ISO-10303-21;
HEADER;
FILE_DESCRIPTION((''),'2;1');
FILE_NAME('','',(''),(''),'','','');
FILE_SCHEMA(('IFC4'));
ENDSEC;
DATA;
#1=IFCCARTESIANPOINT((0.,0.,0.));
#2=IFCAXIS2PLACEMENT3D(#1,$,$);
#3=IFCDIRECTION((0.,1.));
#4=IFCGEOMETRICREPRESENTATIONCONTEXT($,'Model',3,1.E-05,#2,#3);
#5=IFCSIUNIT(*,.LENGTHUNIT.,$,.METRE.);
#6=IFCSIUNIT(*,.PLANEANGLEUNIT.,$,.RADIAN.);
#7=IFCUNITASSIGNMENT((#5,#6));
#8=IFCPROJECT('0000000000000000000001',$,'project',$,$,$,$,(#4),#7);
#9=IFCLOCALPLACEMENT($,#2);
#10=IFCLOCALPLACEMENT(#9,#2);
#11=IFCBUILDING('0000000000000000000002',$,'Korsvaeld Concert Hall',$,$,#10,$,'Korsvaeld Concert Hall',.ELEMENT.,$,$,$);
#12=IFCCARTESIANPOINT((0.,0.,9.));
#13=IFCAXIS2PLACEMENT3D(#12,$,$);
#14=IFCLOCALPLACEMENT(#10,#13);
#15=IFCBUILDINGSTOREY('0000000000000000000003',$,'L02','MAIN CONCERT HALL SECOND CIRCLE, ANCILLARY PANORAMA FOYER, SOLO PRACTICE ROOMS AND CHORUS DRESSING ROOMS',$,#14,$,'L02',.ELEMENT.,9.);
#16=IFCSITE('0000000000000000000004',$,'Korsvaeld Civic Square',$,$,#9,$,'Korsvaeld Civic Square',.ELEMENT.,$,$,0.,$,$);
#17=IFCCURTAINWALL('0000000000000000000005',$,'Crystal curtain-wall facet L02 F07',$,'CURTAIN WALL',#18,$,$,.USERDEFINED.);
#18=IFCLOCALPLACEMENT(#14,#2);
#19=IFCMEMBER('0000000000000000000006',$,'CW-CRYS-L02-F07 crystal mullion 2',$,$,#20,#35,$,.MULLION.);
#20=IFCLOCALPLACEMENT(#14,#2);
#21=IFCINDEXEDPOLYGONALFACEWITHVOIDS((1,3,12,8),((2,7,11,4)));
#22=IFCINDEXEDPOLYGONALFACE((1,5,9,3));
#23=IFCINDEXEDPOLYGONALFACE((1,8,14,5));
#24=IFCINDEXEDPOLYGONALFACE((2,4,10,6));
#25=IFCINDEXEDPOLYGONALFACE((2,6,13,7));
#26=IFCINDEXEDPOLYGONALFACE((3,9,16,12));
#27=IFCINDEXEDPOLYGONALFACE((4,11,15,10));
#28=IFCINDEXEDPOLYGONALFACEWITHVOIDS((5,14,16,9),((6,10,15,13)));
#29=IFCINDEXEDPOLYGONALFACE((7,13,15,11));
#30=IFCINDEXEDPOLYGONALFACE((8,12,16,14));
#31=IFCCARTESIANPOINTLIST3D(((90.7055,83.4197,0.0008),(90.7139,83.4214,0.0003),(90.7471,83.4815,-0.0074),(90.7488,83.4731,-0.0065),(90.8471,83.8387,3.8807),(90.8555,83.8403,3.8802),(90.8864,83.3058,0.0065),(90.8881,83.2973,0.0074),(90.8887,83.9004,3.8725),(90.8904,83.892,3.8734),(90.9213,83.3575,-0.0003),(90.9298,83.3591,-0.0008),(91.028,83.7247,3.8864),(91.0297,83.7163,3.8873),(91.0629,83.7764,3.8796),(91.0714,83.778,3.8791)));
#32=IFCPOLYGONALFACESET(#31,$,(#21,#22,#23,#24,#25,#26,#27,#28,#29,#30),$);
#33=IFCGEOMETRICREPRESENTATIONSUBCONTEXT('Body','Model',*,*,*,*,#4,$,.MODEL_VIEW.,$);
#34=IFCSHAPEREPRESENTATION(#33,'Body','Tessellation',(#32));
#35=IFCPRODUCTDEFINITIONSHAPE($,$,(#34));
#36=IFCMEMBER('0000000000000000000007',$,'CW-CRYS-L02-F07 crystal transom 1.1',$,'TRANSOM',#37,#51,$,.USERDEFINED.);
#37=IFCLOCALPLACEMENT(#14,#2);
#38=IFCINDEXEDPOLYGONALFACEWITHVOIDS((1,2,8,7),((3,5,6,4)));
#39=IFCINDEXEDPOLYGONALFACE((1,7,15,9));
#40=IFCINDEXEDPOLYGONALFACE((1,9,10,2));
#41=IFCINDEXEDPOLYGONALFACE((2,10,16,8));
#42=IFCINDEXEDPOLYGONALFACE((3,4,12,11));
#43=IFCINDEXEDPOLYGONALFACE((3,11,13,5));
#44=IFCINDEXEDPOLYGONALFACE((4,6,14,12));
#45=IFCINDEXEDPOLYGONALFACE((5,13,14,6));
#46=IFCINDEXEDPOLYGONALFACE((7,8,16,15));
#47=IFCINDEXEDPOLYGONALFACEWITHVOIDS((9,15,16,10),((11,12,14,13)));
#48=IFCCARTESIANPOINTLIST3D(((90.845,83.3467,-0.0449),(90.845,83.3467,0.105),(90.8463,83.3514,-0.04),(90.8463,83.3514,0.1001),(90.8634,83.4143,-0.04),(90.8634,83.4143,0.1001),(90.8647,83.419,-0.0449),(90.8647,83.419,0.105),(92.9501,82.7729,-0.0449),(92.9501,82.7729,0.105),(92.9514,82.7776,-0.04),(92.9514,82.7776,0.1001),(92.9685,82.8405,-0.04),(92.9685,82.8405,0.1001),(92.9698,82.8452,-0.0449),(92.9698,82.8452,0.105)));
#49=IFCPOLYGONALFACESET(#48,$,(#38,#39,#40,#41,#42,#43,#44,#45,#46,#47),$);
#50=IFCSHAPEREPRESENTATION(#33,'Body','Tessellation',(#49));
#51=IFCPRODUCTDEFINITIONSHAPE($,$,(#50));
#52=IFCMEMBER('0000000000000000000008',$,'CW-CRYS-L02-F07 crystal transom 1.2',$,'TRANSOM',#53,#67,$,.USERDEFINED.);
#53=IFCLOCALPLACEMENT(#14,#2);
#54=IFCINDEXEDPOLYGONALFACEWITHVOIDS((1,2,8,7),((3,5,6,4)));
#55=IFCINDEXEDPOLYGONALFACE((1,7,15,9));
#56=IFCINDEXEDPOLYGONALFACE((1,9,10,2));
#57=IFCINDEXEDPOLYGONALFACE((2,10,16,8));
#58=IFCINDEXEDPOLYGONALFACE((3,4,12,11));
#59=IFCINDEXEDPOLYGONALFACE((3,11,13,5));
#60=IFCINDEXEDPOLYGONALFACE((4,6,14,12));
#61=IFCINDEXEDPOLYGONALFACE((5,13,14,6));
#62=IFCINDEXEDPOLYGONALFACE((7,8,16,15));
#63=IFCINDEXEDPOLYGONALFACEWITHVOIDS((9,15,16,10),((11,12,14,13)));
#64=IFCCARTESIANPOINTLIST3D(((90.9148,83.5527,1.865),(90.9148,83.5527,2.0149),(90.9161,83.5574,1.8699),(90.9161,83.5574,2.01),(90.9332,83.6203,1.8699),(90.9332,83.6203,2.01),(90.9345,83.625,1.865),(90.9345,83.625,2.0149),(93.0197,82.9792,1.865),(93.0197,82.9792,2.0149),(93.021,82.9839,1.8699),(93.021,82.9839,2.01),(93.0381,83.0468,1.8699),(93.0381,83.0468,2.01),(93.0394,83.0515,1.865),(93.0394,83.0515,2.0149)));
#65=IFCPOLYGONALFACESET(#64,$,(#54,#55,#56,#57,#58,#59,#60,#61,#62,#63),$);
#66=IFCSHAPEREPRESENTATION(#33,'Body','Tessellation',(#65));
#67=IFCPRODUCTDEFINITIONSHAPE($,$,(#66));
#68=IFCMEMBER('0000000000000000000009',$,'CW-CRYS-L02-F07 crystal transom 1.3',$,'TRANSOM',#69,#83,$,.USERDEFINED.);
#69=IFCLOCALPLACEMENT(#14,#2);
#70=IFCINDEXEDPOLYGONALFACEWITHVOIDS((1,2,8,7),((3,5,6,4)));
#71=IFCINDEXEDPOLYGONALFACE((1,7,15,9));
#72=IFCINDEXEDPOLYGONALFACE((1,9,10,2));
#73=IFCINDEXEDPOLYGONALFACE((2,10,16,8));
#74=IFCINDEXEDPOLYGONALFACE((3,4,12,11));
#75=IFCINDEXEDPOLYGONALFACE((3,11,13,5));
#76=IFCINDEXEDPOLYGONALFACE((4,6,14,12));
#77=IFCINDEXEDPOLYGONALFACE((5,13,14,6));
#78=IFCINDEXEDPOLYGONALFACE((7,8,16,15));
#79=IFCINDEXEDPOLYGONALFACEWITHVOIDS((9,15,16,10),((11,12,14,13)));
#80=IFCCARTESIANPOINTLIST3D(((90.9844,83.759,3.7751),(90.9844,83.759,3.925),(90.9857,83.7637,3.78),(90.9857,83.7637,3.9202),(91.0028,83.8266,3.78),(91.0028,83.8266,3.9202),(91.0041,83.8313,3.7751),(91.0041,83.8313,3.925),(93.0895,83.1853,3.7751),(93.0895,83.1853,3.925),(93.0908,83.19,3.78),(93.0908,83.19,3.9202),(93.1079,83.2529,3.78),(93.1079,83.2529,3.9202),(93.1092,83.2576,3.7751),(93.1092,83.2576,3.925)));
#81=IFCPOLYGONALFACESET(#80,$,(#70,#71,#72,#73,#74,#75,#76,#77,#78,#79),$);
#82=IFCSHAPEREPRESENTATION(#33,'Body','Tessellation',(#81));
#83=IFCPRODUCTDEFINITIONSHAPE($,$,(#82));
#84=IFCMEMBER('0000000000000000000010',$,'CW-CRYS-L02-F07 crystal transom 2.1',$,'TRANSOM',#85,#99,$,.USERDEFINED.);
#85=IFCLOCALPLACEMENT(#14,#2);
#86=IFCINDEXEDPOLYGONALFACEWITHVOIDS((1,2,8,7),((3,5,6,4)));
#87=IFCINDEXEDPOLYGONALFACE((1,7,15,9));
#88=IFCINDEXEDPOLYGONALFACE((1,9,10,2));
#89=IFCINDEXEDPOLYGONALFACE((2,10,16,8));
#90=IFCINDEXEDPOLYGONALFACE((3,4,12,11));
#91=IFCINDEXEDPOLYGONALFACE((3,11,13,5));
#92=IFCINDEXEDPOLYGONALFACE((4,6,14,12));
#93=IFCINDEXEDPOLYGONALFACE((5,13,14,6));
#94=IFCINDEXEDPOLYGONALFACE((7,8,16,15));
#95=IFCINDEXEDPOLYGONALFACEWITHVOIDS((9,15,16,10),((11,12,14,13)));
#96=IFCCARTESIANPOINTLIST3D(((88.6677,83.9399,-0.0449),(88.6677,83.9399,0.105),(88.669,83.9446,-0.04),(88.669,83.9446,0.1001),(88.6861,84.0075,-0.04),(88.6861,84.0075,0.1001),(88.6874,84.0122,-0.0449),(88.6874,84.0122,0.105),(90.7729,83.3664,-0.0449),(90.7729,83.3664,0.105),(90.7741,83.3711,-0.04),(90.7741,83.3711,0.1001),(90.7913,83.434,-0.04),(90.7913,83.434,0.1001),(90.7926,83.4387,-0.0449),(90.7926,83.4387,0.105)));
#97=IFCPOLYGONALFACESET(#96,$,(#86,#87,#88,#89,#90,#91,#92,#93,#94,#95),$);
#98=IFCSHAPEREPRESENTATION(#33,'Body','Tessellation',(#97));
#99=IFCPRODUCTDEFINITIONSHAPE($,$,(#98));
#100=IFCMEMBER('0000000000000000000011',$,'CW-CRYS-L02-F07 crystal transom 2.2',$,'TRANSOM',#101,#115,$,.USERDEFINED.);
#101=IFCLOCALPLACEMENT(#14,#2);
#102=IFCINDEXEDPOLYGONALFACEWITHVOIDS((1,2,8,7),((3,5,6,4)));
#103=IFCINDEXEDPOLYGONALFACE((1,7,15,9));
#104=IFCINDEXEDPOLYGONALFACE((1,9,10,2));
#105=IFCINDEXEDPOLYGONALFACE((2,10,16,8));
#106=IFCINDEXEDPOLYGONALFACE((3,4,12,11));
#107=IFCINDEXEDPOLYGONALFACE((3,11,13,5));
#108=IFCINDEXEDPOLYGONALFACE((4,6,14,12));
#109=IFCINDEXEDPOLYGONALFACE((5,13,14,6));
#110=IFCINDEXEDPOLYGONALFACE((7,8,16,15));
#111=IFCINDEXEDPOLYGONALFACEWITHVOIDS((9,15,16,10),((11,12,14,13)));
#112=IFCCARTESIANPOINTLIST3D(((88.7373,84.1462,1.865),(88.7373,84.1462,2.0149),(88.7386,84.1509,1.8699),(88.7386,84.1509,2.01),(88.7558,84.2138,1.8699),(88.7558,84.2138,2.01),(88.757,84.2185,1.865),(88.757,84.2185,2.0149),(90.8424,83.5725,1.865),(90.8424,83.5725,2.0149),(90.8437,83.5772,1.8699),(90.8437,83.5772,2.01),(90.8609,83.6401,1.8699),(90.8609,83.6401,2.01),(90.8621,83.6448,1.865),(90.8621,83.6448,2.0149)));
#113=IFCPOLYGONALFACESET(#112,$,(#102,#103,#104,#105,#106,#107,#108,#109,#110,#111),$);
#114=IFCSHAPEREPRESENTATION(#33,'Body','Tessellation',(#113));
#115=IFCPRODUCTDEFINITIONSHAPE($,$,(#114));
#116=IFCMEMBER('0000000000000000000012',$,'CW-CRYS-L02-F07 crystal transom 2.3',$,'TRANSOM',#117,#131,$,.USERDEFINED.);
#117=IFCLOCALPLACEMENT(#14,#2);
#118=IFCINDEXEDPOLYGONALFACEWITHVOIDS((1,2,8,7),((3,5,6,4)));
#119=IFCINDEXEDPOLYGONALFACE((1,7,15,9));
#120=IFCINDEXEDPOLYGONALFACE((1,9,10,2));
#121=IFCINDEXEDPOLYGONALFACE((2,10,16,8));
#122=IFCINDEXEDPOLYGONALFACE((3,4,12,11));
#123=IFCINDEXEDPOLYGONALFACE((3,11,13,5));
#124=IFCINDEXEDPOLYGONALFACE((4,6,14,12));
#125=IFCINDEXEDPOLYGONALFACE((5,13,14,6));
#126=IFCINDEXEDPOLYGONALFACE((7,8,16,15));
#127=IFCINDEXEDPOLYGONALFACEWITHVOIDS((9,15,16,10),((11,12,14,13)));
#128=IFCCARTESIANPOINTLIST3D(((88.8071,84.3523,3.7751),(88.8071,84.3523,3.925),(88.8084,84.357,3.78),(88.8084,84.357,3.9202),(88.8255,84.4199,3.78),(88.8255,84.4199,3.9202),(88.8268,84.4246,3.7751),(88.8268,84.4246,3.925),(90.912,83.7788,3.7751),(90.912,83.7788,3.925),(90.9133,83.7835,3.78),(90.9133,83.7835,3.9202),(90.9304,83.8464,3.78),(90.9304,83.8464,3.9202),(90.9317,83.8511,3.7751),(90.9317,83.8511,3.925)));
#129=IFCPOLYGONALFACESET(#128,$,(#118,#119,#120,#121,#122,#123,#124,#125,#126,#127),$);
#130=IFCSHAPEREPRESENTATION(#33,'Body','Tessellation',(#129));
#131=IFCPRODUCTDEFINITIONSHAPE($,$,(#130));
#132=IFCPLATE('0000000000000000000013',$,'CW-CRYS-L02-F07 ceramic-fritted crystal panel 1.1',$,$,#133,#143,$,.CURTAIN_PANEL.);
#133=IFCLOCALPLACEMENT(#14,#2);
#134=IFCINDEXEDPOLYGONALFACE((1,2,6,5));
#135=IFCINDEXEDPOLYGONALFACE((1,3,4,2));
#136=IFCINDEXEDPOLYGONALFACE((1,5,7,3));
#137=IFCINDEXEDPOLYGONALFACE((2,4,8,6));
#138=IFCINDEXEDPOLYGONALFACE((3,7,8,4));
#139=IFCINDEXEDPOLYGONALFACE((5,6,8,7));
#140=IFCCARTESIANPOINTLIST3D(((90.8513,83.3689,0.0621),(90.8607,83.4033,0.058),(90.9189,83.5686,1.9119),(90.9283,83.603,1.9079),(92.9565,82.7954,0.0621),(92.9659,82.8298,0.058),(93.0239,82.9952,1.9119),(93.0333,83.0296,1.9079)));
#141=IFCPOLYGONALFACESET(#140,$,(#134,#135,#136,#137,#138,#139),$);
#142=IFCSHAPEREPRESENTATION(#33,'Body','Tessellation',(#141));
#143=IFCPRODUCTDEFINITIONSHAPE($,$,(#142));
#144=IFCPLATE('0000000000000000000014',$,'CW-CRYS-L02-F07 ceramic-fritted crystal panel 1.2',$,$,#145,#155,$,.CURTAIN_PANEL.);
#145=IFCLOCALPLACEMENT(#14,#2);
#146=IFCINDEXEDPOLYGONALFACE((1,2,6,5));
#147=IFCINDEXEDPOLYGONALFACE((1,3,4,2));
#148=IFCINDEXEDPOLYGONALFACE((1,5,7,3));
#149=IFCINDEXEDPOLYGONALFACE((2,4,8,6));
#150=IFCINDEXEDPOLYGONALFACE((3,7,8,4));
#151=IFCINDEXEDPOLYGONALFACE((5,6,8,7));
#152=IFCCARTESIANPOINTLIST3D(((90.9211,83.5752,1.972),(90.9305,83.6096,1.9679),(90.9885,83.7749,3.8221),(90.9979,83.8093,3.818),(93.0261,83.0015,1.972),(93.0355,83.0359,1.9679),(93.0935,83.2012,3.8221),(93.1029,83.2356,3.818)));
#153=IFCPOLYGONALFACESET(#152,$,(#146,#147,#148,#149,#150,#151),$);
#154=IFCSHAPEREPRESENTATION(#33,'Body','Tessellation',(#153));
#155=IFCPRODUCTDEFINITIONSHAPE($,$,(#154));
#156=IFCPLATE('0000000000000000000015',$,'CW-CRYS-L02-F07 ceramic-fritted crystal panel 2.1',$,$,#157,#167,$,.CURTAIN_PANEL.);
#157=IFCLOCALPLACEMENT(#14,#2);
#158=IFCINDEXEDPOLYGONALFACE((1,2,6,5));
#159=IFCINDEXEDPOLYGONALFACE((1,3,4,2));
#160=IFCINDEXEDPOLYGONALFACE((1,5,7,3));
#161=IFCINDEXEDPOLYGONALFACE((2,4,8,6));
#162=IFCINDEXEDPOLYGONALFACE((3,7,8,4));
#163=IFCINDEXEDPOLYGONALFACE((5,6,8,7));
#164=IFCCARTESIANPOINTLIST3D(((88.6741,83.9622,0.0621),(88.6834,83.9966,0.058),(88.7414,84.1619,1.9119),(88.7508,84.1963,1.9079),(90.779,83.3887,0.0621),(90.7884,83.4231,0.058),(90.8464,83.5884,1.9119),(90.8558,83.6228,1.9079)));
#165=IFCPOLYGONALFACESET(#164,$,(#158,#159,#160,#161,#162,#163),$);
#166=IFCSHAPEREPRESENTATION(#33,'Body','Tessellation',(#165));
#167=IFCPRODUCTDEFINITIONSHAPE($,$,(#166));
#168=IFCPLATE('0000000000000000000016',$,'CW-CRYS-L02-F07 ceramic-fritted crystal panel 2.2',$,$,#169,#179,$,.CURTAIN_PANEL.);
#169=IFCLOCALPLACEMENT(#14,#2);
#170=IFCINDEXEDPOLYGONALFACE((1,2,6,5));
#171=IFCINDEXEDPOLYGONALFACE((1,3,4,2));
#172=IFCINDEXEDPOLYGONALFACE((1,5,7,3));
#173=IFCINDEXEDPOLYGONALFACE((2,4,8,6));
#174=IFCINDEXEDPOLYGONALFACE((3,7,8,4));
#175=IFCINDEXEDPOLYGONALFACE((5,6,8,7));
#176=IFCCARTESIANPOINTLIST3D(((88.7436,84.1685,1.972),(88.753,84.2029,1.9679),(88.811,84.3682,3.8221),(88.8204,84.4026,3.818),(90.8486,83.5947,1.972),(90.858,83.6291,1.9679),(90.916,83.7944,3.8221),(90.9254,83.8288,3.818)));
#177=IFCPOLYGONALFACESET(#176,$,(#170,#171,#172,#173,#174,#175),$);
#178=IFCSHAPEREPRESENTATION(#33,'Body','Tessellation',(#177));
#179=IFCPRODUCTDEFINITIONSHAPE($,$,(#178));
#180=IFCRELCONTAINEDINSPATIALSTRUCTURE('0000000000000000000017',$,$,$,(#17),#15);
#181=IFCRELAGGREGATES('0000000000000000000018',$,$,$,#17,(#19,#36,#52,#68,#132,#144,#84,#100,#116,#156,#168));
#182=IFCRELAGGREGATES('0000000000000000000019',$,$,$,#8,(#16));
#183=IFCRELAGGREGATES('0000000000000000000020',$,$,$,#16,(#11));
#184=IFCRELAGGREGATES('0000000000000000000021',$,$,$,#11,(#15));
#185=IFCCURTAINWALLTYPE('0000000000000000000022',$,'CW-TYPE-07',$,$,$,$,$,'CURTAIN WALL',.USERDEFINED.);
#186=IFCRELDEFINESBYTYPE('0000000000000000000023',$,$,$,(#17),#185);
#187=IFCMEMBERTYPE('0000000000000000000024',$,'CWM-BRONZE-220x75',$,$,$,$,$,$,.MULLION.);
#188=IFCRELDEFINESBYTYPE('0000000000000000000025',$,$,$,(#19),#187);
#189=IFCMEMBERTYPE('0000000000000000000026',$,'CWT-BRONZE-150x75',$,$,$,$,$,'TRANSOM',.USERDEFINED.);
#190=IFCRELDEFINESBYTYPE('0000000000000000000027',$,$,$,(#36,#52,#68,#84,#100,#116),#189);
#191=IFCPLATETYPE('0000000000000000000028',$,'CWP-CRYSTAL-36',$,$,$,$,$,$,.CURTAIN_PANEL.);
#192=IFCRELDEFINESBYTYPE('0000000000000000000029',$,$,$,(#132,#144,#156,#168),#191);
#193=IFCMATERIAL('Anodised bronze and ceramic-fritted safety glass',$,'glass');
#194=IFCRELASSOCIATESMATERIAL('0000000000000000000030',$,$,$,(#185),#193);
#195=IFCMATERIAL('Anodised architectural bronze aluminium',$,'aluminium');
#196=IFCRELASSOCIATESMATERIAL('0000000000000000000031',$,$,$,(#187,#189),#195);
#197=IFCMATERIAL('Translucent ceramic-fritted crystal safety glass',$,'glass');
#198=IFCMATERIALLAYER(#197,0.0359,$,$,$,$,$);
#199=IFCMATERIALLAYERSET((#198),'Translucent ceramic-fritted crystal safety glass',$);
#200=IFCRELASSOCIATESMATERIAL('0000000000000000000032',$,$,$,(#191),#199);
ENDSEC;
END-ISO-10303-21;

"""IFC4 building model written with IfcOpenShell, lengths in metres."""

from ifc_helpers import new_model, si_unit, direction, frame, origin, origin_2d, place, context, subcontext, project, spatial, polyline, hollow_rectangle, outline, extrude, material, layer, layer_set, material_profile, profile_set, type_object, element, aggregate, save


model = new_model("IFC4")

# Units and contexts
model_context = context("Model", 3, precision=1e-05, world=origin(), true_north=direction((0.0, 1.0)))
body_context = subcontext(model_context, "Body", "Model", "MODEL_VIEW")
ifc_project = project(units=[si_unit("LENGTHUNIT", "METRE"), si_unit("PLANEANGLEUNIT", "RADIAN")], contexts=[model_context])

# Site, building, storey
site_placement = place(None, origin())
site = spatial("IfcSite", under=ifc_project, at=site_placement, Name="Korsvaeld Civic Square", LongName="Korsvaeld Civic Square", CompositionType="ELEMENT", RefElevation=0.0)
building_placement = place(site_placement, origin())
building = spatial("IfcBuilding", under=site, at=building_placement, Name="Korsvaeld Concert Hall", LongName="Korsvaeld Concert Hall", CompositionType="ELEMENT")
storey_placement = place(building_placement, frame((0.0, 0.0, 9.0)))
storey = spatial("IfcBuildingStorey", under=building, at=storey_placement, Name="L02", Description="MAIN CONCERT HALL SECOND CIRCLE, ANCILLARY PANORAMA FOYER, SOLO PRACTICE ROOMS AND CHORUS DRESSING ROOMS", LongName="L02", CompositionType="ELEMENT", Elevation=9.0)

# Shared definitions
ifc_material_1 = material(Name="Anodised bronze and ceramic-fritted safety glass", Category="glass")
ifc_material_2 = material(Name="Anodised architectural bronze aluminium", Category="aluminium")

# Curtain wall, members, plates
curtain_wall_type_1 = type_object("IfcCurtainWallType", Name="CW-TYPE-07", ElementType="CURTAIN WALL", PredefinedType="USERDEFINED", material=ifc_material_1)
curtain_wall_1_placement = place(storey_placement, origin())
curtain_wall_1 = element("IfcCurtainWall", 1, at=curtain_wall_1_placement, inside=storey, type_object=curtain_wall_type_1, Name="Crystal curtain-wall facet L02 F07", ObjectType="CURTAIN WALL", PredefinedType="USERDEFINED")
ifc_material_profile_1 = material_profile(ifc_material_2, hollow_rectangle(XDim=0.075, YDim=0.22, WallThickness=0.0061, at=origin_2d()), Name="CWM 220x75x6")
ifc_profile_set_1 = profile_set([ifc_material_profile_1], Name="Anodised architectural bronze aluminium")
member_type_1 = type_object("IfcMemberType", Name="CWM-BRONZE-220x75", PredefinedType="MULLION", material=ifc_profile_set_1)
member_1_placement = place(storey_placement, frame((90.8176, 83.3894, 0.0), z_axis=(0.036262, 0.107284, 0.993567), x_axis=(0.556016, 0.823958, -0.109263)))
member_1 = element("IfcMember", 2, at=member_1_placement, type_object=member_type_1, Name="CW-CRYS-L02-F07 crystal mullion 2", PredefinedType="MULLION", context=body_context, shape_type="SweptSolid", body=[
    extrude(hollow_rectangle(XDim=0.075, YDim=0.22, WallThickness=0.0061, at=origin_2d()), origin(), (0.0, 0.0, 1.0), 3.905),
])
ifc_material_profile_2 = material_profile(ifc_material_2, hollow_rectangle(XDim=0.075, YDim=0.1499, WallThickness=0.0049, at=origin_2d()), Name="CWT 150x75x5")
ifc_profile_set_2 = profile_set([ifc_material_profile_2], Name="Anodised architectural bronze aluminium")
member_type_2 = type_object("IfcMemberType", Name="CWT-BRONZE-150x75", ElementType="TRANSOM", PredefinedType="USERDEFINED", material=ifc_profile_set_2)
member_2_placement = place(storey_placement, frame((92.96, 82.8091, 0.03), z_axis=(-0.964805, 0.262966, 0.0), x_axis=(-0.262966, -0.964805, 0.0)))
member_2 = element("IfcMember", 3, at=member_2_placement, type_object=member_type_2, Name="CW-CRYS-L02-F07 crystal transom 1.1", ObjectType="TRANSOM", PredefinedType="USERDEFINED", context=body_context, shape_type="SweptSolid", body=[
    extrude(hollow_rectangle(XDim=0.075, YDim=0.1499, WallThickness=0.0049, at=origin_2d()), origin(), (0.0, 0.0, 1.0), 2.1819),
])
member_3_placement = place(storey_placement, frame((93.0295, 83.0154, 1.9399), z_axis=(-0.964834, 0.262862, 0.0), x_axis=(-0.262862, -0.964834, 0.0)))
member_3 = element("IfcMember", 4, at=member_3_placement, type_object=member_type_2, Name="CW-CRYS-L02-F07 crystal transom 1.2", ObjectType="TRANSOM", PredefinedType="USERDEFINED", context=body_context, shape_type="SweptSolid", body=[
    extrude(hollow_rectangle(XDim=0.075, YDim=0.1499, WallThickness=0.0049, at=origin_2d()), origin(), (0.0, 0.0, 1.0), 2.1816),
])
member_4_placement = place(storey_placement, frame((93.0994, 83.2214, 3.8501), z_axis=(-0.964813, 0.262938, 0.0), x_axis=(-0.262938, -0.964813, 0.0)))
member_4 = element("IfcMember", 5, at=member_4_placement, type_object=member_type_2, Name="CW-CRYS-L02-F07 crystal transom 1.3", ObjectType="TRANSOM", PredefinedType="USERDEFINED", context=body_context, shape_type="SweptSolid", body=[
    extrude(hollow_rectangle(XDim=0.075, YDim=0.1499, WallThickness=0.0049, at=origin_2d()), origin(), (0.0, 0.0, 1.0), 2.1819),
])
member_5_placement = place(storey_placement, frame((90.7827, 83.4026, 0.03), z_axis=(-0.964841, 0.262833, 0.0), x_axis=(-0.262833, -0.964841, 0.0)))
member_5 = element("IfcMember", 6, at=member_5_placement, type_object=member_type_2, Name="CW-CRYS-L02-F07 crystal transom 2.1", ObjectType="TRANSOM", PredefinedType="USERDEFINED", context=body_context, shape_type="SweptSolid", body=[
    extrude(hollow_rectangle(XDim=0.075, YDim=0.1499, WallThickness=0.0049, at=origin_2d()), origin(), (0.0, 0.0, 1.0), 2.1819),
])
member_6_placement = place(storey_placement, frame((90.8523, 83.6086, 1.9399), z_axis=(-0.964813, 0.262938, 0.0), x_axis=(-0.262938, -0.964813, 0.0)))
member_6 = element("IfcMember", 7, at=member_6_placement, type_object=member_type_2, Name="CW-CRYS-L02-F07 crystal transom 2.2", ObjectType="TRANSOM", PredefinedType="USERDEFINED", context=body_context, shape_type="SweptSolid", body=[
    extrude(hollow_rectangle(XDim=0.075, YDim=0.1499, WallThickness=0.0049, at=origin_2d()), origin(), (0.0, 0.0, 1.0), 2.1819),
])
member_7_placement = place(storey_placement, frame((90.9219, 83.8149, 3.8501), z_axis=(-0.964834, 0.262862, 0.0), x_axis=(-0.262862, -0.964834, 0.0)))
member_7 = element("IfcMember", 8, at=member_7_placement, type_object=member_type_2, Name="CW-CRYS-L02-F07 crystal transom 2.3", ObjectType="TRANSOM", PredefinedType="USERDEFINED", context=body_context, shape_type="SweptSolid", body=[
    extrude(hollow_rectangle(XDim=0.075, YDim=0.1499, WallThickness=0.0049, at=origin_2d()), origin(), (0.0, 0.0, 1.0), 2.1816),
])
ifc_material_3 = material(Name="Translucent ceramic-fritted crystal safety glass", Category="glass")
ifc_layer_1 = layer(ifc_material_3, 0.0359)
ifc_layer_set_1 = layer_set([ifc_layer_1], Name="Translucent ceramic-fritted crystal safety glass")
plate_type = type_object("IfcPlateType", Name="CWP-CRYSTAL-36", PredefinedType="CURTAIN_PANEL", material=ifc_layer_set_1)
plate_1_placement = place(storey_placement, frame((92.9612, 82.8125, 0.0601), z_axis=(0.261163, 0.958655, -0.113025), x_axis=(-0.964837, 0.262847, -0.000002)))
plate_1 = element("IfcPlate", 9, at=plate_1_placement, type_object=plate_type, Name="CW-CRYS-L02-F07 ceramic-fritted crystal panel 1.1", PredefinedType="CURTAIN_PANEL", context=body_context, shape_type="SweptSolid", body=[
    extrude(outline(polyline([(0.0, 0.0), (2.1819, 0.0), (2.1692, 1.8618), (-0.0125, 1.8618), (0.0, 0.0)])), frame((0.0, 0.0, 0.0181)), (0.0, 0.0, -1.0), 0.0359),
])
plate_2_placement = place(storey_placement, frame((93.0308, 83.0186, 1.97), z_axis=(0.261282, 0.958626, -0.112994), x_axis=(-0.964805, 0.262966, 0.0)))
plate_2 = element("IfcPlate", 10, at=plate_2_placement, type_object=plate_type, Name="CW-CRYS-L02-F07 ceramic-fritted crystal panel 1.2", PredefinedType="CURTAIN_PANEL", context=body_context, shape_type="SweptSolid", body=[
    extrude(outline(polyline([(0.0, 0.0), (2.1818, 0.0), (2.1693, 1.862), (-0.0125, 1.862), (0.0, 0.0)])), frame((0.0, 0.0, 0.0181)), (0.0, 0.0, -1.0), 0.0359),
])
plate_3_placement = place(storey_placement, frame((90.7837, 83.4058, 0.0601), z_axis=(0.261178, 0.958653, -0.113008), x_axis=(-0.964834, 0.262862, 0.0)))
plate_3 = element("IfcPlate", 11, at=plate_3_placement, type_object=plate_type, Name="CW-CRYS-L02-F07 ceramic-fritted crystal panel 2.1", PredefinedType="CURTAIN_PANEL", context=body_context, shape_type="SweptSolid", body=[
    extrude(outline(polyline([(0.0, 0.0), (2.1817, 0.0), (2.1692, 1.8618), (-0.0125, 1.8618), (0.0, 0.0)])), frame((0.0, 0.0, 0.0181)), (0.0, 0.0, -1.0), 0.0359),
])
plate_4_placement = place(storey_placement, frame((90.8533, 83.6118, 1.97), z_axis=(0.261282, 0.958626, -0.112994), x_axis=(-0.964805, 0.262966, 0.0)))
plate_4 = element("IfcPlate", 12, at=plate_4_placement, type_object=plate_type, Name="CW-CRYS-L02-F07 ceramic-fritted crystal panel 2.2", PredefinedType="CURTAIN_PANEL", context=body_context, shape_type="SweptSolid", body=[
    extrude(outline(polyline([(0.0, 0.0), (2.1818, 0.0), (2.1693, 1.862), (-0.0125, 1.862), (0.0, 0.0)])), frame((0.0, 0.0, 0.0181)), (0.0, 0.0, -1.0), 0.0359),
])
aggregate(curtain_wall_1, [member_1, member_2, member_3, member_4, plate_1, plate_2, member_5, member_6, member_7, plate_3, plate_4])

save(model, "model.ifc")
